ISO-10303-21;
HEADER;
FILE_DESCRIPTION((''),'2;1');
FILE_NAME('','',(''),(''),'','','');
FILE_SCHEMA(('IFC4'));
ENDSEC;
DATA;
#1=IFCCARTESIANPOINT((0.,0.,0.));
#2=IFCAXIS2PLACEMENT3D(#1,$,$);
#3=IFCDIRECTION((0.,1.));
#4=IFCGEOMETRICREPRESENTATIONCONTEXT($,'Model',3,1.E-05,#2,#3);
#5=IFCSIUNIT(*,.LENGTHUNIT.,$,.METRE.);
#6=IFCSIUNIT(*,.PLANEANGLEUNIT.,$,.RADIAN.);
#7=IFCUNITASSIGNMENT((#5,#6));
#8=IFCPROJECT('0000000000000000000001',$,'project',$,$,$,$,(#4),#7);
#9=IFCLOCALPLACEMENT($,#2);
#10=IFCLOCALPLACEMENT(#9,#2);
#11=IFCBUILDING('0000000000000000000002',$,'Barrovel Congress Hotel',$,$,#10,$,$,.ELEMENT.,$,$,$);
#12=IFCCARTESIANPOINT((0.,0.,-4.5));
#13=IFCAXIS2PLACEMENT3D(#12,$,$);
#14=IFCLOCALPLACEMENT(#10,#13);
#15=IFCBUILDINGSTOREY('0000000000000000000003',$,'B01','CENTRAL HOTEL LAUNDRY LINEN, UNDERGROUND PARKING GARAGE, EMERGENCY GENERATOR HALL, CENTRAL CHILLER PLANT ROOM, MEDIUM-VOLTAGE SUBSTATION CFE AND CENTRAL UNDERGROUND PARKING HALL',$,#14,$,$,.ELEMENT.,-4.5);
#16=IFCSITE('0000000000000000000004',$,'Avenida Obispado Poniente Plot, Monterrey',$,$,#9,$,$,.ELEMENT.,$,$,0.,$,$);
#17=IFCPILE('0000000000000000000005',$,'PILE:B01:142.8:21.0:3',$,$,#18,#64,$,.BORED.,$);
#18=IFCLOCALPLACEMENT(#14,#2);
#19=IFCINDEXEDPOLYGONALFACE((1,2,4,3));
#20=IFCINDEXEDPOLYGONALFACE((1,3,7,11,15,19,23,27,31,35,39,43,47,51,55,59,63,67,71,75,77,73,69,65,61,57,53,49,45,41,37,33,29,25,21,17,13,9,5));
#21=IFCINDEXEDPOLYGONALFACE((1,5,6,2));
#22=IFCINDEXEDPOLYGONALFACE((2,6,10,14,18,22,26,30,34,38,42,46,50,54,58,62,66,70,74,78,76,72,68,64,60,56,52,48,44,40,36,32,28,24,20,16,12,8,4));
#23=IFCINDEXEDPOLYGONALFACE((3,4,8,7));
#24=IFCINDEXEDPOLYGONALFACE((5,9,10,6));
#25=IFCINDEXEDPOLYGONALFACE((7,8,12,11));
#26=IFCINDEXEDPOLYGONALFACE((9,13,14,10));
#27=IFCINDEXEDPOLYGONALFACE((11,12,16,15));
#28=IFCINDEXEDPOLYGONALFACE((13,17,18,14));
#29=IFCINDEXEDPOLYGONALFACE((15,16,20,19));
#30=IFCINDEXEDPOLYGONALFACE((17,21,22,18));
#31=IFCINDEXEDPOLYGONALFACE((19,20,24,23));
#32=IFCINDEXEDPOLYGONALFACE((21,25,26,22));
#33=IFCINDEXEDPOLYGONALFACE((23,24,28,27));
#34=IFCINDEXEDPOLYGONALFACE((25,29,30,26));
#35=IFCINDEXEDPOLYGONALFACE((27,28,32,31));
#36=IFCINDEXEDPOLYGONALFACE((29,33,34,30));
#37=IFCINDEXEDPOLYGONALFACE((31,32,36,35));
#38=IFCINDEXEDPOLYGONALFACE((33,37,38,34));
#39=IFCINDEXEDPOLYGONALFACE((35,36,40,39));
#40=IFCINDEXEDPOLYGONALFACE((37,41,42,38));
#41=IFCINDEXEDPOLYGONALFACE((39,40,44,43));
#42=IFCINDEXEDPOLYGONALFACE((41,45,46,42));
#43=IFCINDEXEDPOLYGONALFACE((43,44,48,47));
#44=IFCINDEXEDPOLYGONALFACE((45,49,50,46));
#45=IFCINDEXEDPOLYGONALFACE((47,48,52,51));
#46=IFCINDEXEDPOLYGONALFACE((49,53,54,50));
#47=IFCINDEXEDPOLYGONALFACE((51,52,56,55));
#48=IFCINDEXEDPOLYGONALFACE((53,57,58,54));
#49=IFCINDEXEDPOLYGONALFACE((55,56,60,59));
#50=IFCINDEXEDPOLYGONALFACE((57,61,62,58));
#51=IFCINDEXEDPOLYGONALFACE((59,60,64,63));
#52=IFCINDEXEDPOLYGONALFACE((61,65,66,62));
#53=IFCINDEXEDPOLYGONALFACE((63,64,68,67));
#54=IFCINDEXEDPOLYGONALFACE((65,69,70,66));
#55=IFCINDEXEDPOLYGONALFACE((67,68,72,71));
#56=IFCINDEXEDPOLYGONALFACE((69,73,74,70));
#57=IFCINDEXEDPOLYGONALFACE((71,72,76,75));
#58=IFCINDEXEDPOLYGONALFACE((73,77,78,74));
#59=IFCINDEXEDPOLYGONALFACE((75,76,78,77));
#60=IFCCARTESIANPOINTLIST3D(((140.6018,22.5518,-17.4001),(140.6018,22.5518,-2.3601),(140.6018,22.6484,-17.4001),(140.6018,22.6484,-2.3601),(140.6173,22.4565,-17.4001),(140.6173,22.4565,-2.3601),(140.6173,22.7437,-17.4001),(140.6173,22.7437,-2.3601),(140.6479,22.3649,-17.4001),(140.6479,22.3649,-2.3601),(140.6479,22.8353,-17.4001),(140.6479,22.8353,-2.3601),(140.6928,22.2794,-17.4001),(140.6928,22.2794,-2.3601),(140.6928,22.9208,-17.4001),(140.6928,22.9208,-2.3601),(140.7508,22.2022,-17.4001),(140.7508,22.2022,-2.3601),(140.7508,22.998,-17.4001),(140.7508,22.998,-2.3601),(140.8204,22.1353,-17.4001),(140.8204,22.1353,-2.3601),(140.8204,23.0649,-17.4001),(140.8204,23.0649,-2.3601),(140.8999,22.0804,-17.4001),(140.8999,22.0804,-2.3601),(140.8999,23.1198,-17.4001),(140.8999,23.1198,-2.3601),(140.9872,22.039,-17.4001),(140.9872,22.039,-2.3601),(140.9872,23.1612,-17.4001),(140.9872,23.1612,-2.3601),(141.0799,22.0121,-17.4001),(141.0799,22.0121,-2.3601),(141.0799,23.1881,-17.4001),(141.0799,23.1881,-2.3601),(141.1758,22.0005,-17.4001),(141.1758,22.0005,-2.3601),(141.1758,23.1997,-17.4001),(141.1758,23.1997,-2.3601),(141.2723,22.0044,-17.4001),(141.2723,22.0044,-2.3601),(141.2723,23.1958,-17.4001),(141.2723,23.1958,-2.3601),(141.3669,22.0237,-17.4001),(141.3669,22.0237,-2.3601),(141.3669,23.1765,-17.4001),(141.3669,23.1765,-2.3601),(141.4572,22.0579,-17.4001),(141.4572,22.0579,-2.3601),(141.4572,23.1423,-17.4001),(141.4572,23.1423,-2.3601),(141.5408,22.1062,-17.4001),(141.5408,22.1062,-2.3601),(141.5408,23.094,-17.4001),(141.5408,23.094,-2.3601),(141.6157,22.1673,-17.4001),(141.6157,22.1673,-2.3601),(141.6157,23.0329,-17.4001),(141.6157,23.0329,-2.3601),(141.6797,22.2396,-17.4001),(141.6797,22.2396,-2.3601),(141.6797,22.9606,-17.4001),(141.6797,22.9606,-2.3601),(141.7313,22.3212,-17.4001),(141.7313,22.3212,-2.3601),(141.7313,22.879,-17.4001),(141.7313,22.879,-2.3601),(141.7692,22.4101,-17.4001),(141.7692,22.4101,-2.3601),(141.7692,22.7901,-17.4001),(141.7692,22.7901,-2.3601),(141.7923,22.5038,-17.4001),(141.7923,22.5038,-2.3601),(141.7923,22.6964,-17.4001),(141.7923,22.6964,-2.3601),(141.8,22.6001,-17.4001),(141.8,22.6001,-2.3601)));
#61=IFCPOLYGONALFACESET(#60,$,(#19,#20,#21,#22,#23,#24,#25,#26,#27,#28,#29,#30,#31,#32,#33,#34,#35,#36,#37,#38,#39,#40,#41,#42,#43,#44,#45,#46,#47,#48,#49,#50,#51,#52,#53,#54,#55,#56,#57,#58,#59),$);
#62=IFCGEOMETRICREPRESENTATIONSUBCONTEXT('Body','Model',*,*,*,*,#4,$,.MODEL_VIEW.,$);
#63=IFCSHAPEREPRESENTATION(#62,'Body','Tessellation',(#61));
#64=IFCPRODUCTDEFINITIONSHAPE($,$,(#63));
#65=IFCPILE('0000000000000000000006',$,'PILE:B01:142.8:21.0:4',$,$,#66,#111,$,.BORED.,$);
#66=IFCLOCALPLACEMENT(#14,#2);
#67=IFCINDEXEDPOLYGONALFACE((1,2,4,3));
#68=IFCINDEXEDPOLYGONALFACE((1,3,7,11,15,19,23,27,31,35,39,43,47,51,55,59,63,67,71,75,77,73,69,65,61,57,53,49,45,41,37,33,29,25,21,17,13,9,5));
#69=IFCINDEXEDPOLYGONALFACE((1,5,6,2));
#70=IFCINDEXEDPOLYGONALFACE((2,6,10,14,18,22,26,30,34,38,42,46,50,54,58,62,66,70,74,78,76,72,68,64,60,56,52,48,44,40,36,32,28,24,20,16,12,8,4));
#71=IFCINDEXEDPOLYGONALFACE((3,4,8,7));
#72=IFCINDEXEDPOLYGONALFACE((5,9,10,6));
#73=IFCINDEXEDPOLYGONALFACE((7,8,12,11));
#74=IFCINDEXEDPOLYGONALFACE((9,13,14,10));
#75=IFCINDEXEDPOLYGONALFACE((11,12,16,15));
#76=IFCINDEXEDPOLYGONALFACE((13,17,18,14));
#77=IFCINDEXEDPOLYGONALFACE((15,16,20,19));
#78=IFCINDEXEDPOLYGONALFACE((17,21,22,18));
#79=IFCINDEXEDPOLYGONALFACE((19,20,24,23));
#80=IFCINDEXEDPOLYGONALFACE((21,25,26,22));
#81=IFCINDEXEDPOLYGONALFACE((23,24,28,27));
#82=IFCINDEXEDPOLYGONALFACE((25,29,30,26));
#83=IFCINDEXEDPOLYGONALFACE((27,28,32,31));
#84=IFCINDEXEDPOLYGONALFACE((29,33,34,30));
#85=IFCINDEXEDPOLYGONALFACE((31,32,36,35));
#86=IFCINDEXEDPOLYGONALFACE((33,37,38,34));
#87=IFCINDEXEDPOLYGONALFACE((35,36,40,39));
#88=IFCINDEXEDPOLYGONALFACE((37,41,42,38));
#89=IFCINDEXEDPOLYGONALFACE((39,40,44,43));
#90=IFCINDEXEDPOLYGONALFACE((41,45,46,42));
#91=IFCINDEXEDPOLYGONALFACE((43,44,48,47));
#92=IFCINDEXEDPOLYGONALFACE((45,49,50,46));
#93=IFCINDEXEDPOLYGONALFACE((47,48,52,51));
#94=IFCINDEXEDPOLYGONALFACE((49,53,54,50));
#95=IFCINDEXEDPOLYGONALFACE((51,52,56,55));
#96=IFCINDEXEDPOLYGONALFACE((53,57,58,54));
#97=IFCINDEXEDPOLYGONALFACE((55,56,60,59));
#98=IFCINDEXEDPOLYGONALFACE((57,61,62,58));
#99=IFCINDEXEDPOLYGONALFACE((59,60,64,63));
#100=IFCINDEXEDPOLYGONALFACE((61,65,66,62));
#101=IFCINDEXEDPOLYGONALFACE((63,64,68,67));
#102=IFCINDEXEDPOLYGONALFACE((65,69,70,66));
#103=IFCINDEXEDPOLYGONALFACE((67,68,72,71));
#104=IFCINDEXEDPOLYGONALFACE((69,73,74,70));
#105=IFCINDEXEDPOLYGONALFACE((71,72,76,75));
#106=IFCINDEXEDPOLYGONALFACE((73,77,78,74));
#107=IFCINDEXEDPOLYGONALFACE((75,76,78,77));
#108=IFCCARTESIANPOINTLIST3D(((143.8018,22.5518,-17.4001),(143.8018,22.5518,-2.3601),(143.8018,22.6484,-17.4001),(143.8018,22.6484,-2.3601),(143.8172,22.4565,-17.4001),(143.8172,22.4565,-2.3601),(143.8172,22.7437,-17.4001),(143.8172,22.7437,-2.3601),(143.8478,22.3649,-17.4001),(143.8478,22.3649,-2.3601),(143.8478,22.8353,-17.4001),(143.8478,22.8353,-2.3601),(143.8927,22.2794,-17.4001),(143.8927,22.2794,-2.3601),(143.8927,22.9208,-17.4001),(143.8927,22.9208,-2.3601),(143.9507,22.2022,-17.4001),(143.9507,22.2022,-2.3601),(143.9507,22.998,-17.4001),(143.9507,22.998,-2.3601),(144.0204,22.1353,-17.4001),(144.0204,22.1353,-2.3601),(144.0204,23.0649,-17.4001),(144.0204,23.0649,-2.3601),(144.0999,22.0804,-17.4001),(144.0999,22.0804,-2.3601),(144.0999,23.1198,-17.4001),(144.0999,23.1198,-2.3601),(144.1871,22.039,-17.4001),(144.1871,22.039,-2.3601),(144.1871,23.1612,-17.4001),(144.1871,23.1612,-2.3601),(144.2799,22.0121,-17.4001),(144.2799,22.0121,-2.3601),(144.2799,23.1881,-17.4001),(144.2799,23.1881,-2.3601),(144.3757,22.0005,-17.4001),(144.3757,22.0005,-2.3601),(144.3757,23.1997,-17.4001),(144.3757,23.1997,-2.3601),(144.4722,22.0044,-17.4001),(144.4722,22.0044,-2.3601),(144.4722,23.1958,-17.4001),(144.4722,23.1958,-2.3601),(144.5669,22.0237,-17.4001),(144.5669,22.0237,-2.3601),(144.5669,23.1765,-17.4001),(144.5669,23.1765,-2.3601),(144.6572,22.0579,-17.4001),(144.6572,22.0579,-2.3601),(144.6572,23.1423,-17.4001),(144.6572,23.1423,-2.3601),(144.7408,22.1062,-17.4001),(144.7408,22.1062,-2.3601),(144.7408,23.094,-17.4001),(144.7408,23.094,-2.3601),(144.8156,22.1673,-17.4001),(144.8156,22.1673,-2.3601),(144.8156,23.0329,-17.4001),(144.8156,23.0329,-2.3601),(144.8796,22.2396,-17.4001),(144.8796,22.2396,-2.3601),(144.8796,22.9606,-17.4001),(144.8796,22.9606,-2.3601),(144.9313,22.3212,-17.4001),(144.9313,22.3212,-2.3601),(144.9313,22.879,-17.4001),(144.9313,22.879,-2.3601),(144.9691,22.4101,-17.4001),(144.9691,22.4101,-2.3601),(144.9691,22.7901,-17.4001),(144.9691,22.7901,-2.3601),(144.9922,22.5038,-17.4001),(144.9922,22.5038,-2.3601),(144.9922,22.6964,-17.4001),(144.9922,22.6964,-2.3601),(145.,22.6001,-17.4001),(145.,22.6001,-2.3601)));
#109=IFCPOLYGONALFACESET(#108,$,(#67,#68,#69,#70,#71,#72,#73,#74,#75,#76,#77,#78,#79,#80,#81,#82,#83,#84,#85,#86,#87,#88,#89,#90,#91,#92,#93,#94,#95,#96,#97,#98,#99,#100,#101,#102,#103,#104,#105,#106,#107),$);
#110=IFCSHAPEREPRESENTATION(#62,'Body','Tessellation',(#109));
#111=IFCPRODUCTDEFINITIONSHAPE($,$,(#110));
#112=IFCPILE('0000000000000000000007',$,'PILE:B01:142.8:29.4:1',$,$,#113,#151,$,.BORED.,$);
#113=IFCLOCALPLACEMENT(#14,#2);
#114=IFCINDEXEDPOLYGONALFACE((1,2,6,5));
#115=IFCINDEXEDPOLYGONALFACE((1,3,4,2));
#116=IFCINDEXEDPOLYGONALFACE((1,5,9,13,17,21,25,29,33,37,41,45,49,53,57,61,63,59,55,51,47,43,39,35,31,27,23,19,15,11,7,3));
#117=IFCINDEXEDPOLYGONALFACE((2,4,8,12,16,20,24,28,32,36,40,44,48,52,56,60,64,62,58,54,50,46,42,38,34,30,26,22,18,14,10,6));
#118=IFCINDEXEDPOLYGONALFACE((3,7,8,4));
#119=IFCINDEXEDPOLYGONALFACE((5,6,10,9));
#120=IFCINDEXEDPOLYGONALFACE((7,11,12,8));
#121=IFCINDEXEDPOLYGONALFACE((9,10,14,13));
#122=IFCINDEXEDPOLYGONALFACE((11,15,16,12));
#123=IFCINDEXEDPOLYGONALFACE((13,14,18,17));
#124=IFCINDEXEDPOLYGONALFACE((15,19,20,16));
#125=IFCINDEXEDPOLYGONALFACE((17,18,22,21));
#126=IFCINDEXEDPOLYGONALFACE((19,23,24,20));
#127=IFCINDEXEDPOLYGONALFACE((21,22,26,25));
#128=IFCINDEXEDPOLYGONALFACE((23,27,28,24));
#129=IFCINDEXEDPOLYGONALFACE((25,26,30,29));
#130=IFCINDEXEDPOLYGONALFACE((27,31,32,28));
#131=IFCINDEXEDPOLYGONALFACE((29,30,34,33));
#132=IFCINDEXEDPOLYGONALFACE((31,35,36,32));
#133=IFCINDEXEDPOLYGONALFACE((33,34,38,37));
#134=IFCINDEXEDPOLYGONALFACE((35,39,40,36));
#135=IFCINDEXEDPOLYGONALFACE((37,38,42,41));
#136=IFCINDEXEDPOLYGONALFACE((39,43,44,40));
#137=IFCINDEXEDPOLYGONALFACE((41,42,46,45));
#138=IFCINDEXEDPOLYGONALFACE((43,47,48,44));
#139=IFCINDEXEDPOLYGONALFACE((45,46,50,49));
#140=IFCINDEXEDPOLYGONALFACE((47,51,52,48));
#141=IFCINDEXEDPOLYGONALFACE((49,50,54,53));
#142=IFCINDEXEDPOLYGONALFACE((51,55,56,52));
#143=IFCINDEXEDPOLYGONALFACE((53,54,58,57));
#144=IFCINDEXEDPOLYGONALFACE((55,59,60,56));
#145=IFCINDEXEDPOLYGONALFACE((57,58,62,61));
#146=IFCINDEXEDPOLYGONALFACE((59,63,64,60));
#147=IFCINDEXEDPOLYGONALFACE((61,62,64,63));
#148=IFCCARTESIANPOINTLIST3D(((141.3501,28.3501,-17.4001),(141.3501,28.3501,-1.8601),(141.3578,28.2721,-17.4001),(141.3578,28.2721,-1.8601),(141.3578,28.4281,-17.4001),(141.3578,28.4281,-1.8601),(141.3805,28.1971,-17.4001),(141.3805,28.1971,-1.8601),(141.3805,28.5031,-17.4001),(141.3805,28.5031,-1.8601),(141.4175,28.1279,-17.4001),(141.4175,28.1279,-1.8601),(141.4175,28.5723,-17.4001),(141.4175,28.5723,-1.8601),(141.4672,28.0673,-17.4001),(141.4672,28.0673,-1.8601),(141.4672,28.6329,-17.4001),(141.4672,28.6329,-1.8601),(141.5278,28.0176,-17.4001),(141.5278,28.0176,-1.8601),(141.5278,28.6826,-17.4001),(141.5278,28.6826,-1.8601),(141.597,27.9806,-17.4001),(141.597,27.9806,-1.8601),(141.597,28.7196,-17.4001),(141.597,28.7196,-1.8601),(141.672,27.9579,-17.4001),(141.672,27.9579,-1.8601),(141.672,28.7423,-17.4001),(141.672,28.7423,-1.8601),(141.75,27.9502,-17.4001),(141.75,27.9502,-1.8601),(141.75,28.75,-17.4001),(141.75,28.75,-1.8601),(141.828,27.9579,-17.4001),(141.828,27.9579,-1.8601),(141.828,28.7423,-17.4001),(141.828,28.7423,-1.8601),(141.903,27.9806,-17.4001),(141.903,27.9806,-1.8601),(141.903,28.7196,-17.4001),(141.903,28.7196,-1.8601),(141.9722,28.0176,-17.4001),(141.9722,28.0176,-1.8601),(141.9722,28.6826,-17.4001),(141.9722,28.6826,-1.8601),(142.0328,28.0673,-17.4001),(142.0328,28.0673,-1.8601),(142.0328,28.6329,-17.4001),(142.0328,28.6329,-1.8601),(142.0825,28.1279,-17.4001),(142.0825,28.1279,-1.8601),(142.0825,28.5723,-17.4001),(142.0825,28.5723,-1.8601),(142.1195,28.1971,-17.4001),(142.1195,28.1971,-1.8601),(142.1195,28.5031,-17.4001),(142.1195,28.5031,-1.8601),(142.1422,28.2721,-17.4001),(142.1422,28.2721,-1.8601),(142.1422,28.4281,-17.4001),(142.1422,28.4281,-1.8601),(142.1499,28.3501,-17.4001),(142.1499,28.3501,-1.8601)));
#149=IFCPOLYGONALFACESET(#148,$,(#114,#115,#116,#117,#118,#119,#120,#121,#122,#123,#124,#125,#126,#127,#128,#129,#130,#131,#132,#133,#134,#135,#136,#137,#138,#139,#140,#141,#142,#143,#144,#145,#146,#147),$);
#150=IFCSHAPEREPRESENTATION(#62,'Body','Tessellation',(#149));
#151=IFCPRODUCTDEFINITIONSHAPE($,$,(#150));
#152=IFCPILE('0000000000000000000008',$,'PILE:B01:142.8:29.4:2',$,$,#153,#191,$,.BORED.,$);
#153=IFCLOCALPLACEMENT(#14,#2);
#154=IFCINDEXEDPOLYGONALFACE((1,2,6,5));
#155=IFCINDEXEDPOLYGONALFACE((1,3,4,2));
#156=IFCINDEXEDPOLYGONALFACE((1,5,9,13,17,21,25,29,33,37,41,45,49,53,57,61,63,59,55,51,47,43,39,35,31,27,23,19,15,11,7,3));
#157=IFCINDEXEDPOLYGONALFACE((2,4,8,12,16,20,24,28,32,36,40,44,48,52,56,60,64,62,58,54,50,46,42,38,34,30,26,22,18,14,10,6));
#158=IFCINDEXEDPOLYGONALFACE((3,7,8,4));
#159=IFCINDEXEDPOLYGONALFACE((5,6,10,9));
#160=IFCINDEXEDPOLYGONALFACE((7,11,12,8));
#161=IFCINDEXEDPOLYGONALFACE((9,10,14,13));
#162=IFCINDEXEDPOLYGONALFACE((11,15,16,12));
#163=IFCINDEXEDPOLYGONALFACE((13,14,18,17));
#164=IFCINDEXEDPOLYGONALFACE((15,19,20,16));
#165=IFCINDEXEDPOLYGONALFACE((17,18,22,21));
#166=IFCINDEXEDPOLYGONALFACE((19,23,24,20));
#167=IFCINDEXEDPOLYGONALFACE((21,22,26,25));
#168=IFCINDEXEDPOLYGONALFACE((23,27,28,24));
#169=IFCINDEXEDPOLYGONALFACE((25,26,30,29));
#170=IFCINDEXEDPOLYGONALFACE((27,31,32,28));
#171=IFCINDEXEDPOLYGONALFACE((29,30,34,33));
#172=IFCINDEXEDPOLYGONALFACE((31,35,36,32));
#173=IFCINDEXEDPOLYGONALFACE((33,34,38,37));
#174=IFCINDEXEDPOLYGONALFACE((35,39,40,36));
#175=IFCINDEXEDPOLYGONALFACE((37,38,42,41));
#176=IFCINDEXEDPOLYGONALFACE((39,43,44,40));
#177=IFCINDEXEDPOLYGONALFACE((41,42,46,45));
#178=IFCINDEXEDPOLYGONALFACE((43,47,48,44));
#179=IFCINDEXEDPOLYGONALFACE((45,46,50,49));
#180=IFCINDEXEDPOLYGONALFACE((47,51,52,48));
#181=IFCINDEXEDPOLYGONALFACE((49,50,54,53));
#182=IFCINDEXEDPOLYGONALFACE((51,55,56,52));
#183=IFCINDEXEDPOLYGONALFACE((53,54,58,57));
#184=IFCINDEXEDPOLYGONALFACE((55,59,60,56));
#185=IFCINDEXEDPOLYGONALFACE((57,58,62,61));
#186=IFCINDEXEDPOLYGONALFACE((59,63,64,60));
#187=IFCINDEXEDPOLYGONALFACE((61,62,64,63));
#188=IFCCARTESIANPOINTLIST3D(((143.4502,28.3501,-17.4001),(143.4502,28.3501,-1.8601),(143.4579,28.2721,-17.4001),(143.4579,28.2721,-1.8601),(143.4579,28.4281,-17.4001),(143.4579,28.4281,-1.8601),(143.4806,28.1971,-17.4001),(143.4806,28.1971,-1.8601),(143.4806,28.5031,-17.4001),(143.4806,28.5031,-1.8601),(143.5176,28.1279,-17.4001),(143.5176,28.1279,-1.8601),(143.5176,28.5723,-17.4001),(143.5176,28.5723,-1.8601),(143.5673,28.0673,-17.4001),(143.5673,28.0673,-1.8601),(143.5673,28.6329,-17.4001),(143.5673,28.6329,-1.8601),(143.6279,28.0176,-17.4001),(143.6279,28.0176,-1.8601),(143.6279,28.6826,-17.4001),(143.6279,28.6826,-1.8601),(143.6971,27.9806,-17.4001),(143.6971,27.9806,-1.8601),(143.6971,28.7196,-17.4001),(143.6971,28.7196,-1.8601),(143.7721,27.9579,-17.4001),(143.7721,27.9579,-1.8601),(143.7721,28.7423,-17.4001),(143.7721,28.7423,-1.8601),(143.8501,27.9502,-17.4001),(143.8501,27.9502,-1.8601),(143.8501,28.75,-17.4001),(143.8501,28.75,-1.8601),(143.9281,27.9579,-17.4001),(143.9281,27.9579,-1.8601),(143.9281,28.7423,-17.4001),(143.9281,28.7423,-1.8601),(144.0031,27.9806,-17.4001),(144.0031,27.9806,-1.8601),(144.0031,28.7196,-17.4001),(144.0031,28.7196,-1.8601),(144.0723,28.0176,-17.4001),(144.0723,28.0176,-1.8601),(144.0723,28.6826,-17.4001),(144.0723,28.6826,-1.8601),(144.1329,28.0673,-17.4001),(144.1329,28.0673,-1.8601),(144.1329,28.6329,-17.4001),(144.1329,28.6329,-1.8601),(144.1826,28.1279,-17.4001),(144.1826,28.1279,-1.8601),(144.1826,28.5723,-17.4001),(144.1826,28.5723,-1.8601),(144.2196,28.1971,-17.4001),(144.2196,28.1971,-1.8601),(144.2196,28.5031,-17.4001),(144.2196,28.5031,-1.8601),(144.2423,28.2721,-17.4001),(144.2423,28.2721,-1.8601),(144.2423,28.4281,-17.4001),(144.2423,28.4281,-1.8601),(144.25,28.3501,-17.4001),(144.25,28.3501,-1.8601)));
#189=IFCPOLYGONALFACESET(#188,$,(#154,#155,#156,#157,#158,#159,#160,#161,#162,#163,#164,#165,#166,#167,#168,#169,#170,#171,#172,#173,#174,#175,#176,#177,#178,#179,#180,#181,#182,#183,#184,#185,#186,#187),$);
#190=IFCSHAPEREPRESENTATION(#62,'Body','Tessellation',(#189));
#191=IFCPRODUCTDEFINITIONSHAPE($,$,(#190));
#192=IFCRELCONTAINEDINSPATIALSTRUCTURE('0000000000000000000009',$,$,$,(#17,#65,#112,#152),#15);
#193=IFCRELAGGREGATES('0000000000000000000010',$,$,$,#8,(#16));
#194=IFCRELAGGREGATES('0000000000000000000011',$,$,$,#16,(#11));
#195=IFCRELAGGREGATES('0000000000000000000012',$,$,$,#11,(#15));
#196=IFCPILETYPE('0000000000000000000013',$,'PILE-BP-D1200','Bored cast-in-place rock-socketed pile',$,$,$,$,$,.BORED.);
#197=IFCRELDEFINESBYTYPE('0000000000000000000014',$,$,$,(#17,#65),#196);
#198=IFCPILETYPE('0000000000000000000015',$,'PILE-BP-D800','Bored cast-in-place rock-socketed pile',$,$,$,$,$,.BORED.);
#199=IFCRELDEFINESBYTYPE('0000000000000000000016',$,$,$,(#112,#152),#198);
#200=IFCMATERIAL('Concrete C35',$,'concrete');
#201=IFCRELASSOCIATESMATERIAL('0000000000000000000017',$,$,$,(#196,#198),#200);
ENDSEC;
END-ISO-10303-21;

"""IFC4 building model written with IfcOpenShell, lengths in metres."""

from ifc_helpers import new_model, si_unit, direction, frame, origin, origin_2d, place, context, subcontext, project, spatial, circle, extrude, material, material_profile, profile_set, type_object, element, save


model = new_model("IFC4")

# Units and contexts
model_context = context("Model", 3, precision=1e-05, world=origin(), true_north=direction((0.0, 1.0)))
body_context = subcontext(model_context, "Body", "Model", "MODEL_VIEW")
ifc_project = project(units=[si_unit("LENGTHUNIT", "METRE"), si_unit("PLANEANGLEUNIT", "RADIAN")], contexts=[model_context])

# Site, building, storey
site_placement = place(None, origin())
site = spatial("IfcSite", under=ifc_project, at=site_placement, Name="Avenida Obispado Poniente Plot, Monterrey", CompositionType="ELEMENT", RefElevation=0.0)
building_placement = place(site_placement, origin())
building = spatial("IfcBuilding", under=site, at=building_placement, Name="Barrovel Congress Hotel", CompositionType="ELEMENT")
storey_placement = place(building_placement, frame((0.0, 0.0, -4.5)))
storey = spatial("IfcBuildingStorey", under=building, at=storey_placement, Name="B01", Description="CENTRAL HOTEL LAUNDRY LINEN, UNDERGROUND PARKING GARAGE, EMERGENCY GENERATOR HALL, CENTRAL CHILLER PLANT ROOM, MEDIUM-VOLTAGE SUBSTATION CFE AND CENTRAL UNDERGROUND PARKING HALL", CompositionType="ELEMENT", Elevation=-4.5)

# Piles
ifc_material_1 = material(Name="Concrete C35", Category="concrete")
ifc_material_profile_1 = material_profile(ifc_material_1, circle(Radius=0.6001, at=origin_2d()), Name="BP-D1200")
ifc_profile_set_1 = profile_set([ifc_material_profile_1], Name="Concrete C35")
pile_type_1 = type_object("IfcPileType", Name="PILE-BP-D1200", Description="Bored cast-in-place rock-socketed pile", PredefinedType="BORED", material=ifc_profile_set_1)
for number, where, z_axis, x_axis, name in (
    (1, (141.2, 22.6001, -2.3601), (0.0, 0.0, -1.0), (1.0, 0.0, 0.0), "PILE:B01:142.8:21.0:3"),
    (2, (144.3999, 22.6001, -2.3601), (0.0, 0.0, -1.0), (1.0, 0.0, 0.0), "PILE:B01:142.8:21.0:4"),
):
    element("IfcPile", number, at=place(storey_placement, frame(where, z_axis=z_axis, x_axis=x_axis)), inside=storey, type_object=pile_type_1, Name=name, PredefinedType="BORED", context=body_context, shape_type="SweptSolid", body=[
        extrude(circle(Radius=0.6001, at=origin_2d()), origin(), (0.0, 0.0, 1.0), 15.04),
    ])
ifc_material_profile_2 = material_profile(ifc_material_1, circle(Radius=0.3999, at=origin_2d()), Name="BP-D800")
ifc_profile_set_2 = profile_set([ifc_material_profile_2], Name="Concrete C35")
pile_type_2 = type_object("IfcPileType", Name="PILE-BP-D800", Description="Bored cast-in-place rock-socketed pile", PredefinedType="BORED", material=ifc_profile_set_2)
for number, where, z_axis, x_axis, name in (
    (3, (141.75, 28.3501, -1.8601), (0.0, 0.0, -1.0), (1.0, 0.0, 0.0), "PILE:B01:142.8:29.4:1"),
    (4, (143.8501, 28.3501, -1.8601), (0.0, 0.0, -1.0), (1.0, 0.0, 0.0), "PILE:B01:142.8:29.4:2"),
):
    element("IfcPile", number, at=place(storey_placement, frame(where, z_axis=z_axis, x_axis=x_axis)), inside=storey, type_object=pile_type_2, Name=name, PredefinedType="BORED", context=body_context, shape_type="SweptSolid", body=[
        extrude(circle(Radius=0.3999, at=origin_2d()), origin(), (0.0, 0.0, 1.0), 15.54),
    ])

save(model, "model.ifc")
